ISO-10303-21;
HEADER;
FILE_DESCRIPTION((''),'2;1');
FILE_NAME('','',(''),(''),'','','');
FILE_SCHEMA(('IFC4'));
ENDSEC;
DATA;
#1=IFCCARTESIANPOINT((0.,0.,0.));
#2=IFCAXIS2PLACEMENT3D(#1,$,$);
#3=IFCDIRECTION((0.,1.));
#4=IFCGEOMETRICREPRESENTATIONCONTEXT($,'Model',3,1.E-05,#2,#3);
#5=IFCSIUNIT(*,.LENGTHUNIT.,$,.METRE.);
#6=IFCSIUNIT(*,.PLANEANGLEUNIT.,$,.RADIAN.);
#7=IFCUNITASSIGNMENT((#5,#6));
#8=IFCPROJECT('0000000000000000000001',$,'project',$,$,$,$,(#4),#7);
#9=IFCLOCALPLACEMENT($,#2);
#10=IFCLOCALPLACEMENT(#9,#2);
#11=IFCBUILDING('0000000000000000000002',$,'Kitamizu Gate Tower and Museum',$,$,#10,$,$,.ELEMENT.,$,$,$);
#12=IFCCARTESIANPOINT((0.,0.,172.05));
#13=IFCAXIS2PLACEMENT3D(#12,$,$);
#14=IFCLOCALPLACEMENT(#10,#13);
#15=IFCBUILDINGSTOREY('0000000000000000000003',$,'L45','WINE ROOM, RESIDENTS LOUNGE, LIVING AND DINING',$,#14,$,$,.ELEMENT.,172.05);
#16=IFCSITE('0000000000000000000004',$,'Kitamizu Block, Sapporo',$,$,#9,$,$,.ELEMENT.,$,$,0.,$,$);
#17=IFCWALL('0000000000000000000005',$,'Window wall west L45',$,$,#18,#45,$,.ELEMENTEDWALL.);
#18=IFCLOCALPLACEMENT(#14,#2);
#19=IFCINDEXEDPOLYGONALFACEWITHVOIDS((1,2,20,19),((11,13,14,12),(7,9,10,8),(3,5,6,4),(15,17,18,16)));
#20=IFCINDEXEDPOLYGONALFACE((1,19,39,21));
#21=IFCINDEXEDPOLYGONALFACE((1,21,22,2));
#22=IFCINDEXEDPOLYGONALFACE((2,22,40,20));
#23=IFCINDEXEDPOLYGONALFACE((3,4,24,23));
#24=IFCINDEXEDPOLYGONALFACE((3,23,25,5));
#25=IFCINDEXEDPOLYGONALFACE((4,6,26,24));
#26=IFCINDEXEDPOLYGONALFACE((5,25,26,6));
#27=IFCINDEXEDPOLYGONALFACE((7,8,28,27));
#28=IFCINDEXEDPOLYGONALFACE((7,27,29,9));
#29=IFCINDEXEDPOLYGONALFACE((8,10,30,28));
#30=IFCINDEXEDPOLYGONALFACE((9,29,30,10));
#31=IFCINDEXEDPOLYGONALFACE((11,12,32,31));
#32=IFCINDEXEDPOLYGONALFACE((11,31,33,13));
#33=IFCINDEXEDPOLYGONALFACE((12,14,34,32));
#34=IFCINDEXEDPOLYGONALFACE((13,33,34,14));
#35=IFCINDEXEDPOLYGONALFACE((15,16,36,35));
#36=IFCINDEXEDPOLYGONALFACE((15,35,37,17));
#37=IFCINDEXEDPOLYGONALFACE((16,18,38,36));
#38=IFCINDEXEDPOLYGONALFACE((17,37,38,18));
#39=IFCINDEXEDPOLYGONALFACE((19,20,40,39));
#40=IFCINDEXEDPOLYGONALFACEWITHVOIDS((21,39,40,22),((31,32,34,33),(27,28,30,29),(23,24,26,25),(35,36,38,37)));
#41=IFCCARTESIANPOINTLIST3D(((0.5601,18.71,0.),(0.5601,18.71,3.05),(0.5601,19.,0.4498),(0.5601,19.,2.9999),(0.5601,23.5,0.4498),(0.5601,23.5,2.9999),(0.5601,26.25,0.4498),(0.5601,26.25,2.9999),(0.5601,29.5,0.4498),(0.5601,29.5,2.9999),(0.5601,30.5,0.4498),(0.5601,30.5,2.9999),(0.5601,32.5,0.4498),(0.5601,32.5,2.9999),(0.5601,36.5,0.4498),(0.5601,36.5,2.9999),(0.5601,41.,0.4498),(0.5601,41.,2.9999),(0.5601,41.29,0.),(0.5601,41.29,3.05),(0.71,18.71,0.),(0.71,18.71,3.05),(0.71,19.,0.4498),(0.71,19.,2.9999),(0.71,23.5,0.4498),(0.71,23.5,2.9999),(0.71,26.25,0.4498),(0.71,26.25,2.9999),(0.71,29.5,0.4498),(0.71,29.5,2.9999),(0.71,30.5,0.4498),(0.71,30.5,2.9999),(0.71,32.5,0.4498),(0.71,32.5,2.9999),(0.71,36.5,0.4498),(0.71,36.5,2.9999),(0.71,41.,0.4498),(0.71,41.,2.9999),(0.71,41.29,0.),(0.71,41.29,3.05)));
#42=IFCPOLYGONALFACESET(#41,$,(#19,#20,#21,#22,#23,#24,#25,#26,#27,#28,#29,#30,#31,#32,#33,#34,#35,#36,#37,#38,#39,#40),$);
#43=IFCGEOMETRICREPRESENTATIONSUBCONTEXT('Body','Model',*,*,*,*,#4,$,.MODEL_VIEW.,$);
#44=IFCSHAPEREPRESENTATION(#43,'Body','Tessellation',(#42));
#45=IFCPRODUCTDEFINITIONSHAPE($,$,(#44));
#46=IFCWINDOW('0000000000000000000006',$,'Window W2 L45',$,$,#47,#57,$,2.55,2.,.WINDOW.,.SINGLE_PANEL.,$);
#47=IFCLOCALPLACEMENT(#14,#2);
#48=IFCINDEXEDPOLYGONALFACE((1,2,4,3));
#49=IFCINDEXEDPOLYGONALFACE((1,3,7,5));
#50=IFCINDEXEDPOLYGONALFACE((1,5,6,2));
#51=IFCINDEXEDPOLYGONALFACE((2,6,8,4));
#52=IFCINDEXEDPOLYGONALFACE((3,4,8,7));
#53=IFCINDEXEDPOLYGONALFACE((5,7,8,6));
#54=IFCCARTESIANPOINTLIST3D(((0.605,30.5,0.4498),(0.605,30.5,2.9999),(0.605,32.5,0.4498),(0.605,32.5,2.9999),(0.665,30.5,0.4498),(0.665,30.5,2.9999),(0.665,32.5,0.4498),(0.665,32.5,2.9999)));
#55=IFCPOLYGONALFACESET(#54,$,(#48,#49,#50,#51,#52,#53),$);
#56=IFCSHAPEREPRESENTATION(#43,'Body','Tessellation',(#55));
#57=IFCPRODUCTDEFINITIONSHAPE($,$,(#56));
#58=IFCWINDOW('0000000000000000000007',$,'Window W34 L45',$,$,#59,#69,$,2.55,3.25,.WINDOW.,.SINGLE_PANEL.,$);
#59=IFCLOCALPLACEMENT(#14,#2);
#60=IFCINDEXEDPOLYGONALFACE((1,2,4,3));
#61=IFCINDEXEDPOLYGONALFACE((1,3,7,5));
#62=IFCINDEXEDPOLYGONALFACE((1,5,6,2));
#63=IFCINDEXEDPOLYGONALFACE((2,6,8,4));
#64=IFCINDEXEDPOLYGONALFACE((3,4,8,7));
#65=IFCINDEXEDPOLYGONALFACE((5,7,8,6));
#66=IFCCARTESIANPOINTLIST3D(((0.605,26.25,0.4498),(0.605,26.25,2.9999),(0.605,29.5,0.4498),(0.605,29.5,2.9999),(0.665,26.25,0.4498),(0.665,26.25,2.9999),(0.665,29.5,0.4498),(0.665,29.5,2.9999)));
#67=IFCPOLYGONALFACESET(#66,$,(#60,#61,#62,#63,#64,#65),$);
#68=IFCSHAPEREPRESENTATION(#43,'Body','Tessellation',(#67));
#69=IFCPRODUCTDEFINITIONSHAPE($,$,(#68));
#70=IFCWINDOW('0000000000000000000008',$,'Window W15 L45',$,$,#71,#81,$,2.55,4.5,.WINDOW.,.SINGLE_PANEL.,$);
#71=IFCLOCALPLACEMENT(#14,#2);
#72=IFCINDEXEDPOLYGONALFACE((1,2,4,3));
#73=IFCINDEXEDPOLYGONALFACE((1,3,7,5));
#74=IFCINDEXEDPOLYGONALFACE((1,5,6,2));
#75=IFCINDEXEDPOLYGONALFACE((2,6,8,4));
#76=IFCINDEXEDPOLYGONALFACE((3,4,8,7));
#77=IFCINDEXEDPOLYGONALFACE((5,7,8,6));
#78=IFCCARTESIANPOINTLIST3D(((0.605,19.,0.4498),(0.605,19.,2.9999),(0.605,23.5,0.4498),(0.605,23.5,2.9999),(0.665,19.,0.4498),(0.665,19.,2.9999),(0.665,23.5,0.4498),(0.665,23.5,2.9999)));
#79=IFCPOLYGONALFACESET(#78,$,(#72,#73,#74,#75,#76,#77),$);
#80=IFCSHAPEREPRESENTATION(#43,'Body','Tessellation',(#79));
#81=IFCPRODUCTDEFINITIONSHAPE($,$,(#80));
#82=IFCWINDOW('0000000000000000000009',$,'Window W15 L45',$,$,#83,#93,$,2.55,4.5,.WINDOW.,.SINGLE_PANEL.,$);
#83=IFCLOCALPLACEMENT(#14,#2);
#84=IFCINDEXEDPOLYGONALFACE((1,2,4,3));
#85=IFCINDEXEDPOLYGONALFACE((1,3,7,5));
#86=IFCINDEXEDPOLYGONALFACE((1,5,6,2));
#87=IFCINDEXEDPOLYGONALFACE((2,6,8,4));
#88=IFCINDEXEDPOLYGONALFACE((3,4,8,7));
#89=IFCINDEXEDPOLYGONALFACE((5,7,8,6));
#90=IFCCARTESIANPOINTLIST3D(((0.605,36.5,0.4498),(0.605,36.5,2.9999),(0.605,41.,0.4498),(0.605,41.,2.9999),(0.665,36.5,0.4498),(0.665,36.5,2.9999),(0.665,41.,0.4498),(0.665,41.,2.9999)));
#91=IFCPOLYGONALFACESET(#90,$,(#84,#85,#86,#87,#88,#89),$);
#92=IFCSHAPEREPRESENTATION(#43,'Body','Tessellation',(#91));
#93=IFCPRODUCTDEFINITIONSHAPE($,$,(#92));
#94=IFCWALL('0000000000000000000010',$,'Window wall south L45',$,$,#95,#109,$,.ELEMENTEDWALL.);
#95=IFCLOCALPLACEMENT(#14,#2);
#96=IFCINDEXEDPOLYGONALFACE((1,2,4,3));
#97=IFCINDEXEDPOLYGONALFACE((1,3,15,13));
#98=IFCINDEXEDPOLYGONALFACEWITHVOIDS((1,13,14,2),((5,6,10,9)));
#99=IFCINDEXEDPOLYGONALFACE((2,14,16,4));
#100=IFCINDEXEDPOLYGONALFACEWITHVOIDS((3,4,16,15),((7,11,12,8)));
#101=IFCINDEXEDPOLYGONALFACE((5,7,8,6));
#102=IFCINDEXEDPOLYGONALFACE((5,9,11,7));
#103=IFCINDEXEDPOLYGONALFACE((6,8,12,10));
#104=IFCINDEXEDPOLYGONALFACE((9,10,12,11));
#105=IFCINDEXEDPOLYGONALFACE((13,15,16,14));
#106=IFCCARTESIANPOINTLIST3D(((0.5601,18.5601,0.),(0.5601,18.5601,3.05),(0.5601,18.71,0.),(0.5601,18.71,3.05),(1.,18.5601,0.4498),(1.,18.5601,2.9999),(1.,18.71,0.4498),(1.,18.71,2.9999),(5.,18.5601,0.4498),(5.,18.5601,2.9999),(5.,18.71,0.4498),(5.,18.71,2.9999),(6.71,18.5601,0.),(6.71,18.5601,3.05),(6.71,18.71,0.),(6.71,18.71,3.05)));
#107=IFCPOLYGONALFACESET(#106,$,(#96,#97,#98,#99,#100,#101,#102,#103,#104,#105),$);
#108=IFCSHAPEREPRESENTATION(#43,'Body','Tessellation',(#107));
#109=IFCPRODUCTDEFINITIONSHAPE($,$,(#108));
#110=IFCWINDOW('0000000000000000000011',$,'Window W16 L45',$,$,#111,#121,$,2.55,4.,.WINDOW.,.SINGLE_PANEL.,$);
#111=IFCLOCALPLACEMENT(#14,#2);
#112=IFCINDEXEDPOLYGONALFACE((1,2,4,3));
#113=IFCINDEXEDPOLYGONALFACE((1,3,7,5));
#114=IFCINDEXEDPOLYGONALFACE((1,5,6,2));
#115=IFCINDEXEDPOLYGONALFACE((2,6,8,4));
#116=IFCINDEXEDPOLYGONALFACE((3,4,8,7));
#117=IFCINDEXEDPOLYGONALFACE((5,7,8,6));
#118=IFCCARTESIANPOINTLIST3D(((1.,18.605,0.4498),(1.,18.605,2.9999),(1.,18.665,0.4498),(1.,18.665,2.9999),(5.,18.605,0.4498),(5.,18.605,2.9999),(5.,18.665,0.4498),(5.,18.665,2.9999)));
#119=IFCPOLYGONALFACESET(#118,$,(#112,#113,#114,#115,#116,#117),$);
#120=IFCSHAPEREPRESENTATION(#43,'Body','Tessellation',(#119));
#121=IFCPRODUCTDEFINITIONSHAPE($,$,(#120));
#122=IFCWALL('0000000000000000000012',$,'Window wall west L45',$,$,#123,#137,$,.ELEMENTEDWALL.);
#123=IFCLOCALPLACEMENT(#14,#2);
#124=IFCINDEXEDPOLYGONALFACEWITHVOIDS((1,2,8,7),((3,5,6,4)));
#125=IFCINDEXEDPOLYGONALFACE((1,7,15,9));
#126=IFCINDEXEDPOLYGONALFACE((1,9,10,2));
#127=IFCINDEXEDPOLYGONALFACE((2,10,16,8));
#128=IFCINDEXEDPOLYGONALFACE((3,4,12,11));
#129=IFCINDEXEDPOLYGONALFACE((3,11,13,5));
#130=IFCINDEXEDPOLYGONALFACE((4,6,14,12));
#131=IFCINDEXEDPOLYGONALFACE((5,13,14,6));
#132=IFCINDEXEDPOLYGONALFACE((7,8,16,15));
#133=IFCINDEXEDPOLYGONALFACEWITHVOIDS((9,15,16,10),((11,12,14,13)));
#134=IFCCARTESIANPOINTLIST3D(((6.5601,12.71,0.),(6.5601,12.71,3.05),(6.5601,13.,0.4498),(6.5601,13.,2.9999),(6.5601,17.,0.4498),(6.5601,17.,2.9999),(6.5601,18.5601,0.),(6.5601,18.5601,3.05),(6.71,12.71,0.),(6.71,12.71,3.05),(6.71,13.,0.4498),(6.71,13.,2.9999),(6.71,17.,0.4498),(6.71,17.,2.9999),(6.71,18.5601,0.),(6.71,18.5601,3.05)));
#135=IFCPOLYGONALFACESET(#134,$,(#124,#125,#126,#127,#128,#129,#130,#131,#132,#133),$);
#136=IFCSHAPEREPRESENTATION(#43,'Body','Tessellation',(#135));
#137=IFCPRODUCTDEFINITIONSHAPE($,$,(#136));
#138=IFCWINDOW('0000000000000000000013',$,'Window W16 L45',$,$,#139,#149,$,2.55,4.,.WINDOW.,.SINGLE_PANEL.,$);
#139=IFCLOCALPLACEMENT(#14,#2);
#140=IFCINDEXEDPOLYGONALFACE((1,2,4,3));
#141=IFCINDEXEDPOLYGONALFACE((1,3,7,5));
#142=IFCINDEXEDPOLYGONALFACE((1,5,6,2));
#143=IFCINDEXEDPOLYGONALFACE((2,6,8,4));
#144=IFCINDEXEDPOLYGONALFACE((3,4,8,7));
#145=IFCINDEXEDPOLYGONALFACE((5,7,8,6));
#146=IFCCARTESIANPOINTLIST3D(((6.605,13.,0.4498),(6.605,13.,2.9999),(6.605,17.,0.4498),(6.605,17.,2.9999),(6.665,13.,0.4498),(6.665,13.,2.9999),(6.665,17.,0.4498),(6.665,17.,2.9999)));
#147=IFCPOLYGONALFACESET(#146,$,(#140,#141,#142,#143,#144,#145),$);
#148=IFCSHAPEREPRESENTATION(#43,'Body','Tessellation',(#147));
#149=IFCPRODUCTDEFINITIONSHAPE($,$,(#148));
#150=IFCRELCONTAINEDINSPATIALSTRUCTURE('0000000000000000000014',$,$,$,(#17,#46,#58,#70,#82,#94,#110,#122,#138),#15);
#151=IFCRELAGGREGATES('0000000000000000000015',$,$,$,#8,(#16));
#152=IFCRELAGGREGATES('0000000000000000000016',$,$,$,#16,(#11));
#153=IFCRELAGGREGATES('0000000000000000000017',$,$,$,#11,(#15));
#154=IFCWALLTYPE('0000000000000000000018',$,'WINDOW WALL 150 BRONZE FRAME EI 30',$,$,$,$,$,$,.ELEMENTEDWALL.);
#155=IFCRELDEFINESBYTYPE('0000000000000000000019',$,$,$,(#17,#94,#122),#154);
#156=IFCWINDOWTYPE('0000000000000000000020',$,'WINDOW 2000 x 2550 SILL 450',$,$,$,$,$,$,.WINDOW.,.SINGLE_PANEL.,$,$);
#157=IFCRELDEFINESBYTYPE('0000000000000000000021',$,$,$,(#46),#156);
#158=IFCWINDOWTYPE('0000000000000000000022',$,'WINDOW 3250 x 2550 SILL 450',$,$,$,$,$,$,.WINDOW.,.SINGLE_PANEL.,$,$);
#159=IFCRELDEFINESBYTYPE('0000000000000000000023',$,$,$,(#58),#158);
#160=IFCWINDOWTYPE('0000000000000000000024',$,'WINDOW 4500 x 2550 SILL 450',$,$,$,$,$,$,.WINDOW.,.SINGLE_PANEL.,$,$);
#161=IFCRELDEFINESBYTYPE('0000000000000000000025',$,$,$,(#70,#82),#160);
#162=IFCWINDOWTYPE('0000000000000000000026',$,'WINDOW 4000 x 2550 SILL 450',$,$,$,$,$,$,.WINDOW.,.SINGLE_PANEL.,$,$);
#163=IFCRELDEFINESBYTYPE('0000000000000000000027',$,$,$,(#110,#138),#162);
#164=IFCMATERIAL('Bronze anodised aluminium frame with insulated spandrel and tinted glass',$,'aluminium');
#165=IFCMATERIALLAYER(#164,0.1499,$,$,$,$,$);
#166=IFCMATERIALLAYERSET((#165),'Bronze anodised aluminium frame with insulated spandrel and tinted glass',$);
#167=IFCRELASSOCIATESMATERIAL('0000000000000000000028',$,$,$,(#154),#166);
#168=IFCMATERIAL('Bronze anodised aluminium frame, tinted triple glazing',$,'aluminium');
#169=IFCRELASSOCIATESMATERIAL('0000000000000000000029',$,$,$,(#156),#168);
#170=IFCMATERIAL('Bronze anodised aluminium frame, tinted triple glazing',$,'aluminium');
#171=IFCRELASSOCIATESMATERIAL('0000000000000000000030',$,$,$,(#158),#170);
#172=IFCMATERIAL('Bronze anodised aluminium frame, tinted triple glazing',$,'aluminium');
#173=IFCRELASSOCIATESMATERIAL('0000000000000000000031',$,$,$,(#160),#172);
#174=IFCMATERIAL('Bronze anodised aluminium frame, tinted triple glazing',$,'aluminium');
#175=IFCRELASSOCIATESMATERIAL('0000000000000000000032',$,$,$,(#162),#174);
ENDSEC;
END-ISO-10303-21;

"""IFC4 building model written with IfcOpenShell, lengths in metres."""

from ifc_helpers import new_model, si_unit, direction, frame, frame_2d, origin, place, context, subcontext, project, spatial, rectangle, extrude, material, layer, layer_set, type_object, element, fill, save


model = new_model("IFC4")

# Units and contexts
model_context = context("Model", 3, precision=1e-05, world=origin(), true_north=direction((0.0, 1.0)))
body_context = subcontext(model_context, "Body", "Model", "MODEL_VIEW")
ifc_project = project(units=[si_unit("LENGTHUNIT", "METRE"), si_unit("PLANEANGLEUNIT", "RADIAN")], contexts=[model_context])

# Site, building, storey
site_placement = place(None, origin())
site = spatial("IfcSite", under=ifc_project, at=site_placement, Name="Kitamizu Block, Sapporo", CompositionType="ELEMENT", RefElevation=0.0)
building_placement = place(site_placement, origin())
building = spatial("IfcBuilding", under=site, at=building_placement, Name="Kitamizu Gate Tower and Museum", CompositionType="ELEMENT")
storey_placement = place(building_placement, frame((0.0, 0.0, 172.05)))
storey = spatial("IfcBuildingStorey", under=building, at=storey_placement, Name="L45", Description="WINE ROOM, RESIDENTS LOUNGE, LIVING AND DINING", CompositionType="ELEMENT", Elevation=172.05)

# Wall, openings, windows
ifc_material_1 = material(Name="Bronze anodised aluminium frame with insulated spandrel and tinted glass", Category="aluminium")
ifc_layer_1 = layer(ifc_material_1, 0.1499)
ifc_layer_set_1 = layer_set([ifc_layer_1], Name="Bronze anodised aluminium frame with insulated spandrel and tinted glass")
wall_type = type_object("IfcWallType", Name="WINDOW WALL 150 BRONZE FRAME EI 30", PredefinedType="ELEMENTEDWALL", material=ifc_layer_set_1)
ifc_material_2 = material(Name="Bronze anodised aluminium frame, tinted triple glazing", Category="aluminium")
window_type_1 = type_object("IfcWindowType", Name="WINDOW 2000 x 2550 SILL 450", PartitioningType="SINGLE_PANEL", PredefinedType="WINDOW", material=ifc_material_2)
ifc_material_3 = material(Name="Bronze anodised aluminium frame, tinted triple glazing", Category="aluminium")
window_type_2 = type_object("IfcWindowType", Name="WINDOW 3250 x 2550 SILL 450", PartitioningType="SINGLE_PANEL", PredefinedType="WINDOW", material=ifc_material_3)
ifc_material_4 = material(Name="Bronze anodised aluminium frame, tinted triple glazing", Category="aluminium")
window_type_3 = type_object("IfcWindowType", Name="WINDOW 4500 x 2550 SILL 450", PartitioningType="SINGLE_PANEL", PredefinedType="WINDOW", material=ifc_material_4)
wall_1_placement = place(storey_placement, frame((0.635, 18.71, 0.0), z_axis=(0.0, 0.0, 1.0), x_axis=(0.0, 1.0, 0.0)))
wall_1 = element("IfcWall", 1, at=wall_1_placement, inside=storey, type_object=wall_type, Name="Window wall west L45", PredefinedType="ELEMENTEDWALL", context=body_context, shape_type="SweptSolid", body=[
    extrude(rectangle(XDim=22.5801, YDim=0.1499, at=frame_2d((11.29, 0.0))), origin(), (0.0, 0.0, 1.0), 3.05),
])
opening_1_placement = place(wall_1_placement, frame((0.29, 0.0, 0.45)))
opening_1 = element("IfcOpeningElement", 2, at=opening_1_placement, cuts=wall_1, PredefinedType="OPENING", context=body_context, shape_type="SweptSolid", body=[
    extrude(rectangle(XDim=4.5, YDim=2.55, at=frame_2d((2.25, 1.2749))), frame((0.0, 0.085, 0.0), z_axis=(0.0, -1.0, 0.0), x_axis=(1.0, 0.0, 0.0)), (0.0, 0.0, 1.0), 0.1699),
])
opening_2_placement = place(wall_1_placement, frame((7.54, 0.0, 0.45)))
opening_2 = element("IfcOpeningElement", 3, at=opening_2_placement, cuts=wall_1, PredefinedType="OPENING", context=body_context, shape_type="SweptSolid", body=[
    extrude(rectangle(XDim=3.25, YDim=2.55, at=frame_2d((1.625, 1.2749))), frame((0.0, 0.085, 0.0), z_axis=(0.0, -1.0, 0.0), x_axis=(1.0, 0.0, 0.0)), (0.0, 0.0, 1.0), 0.1699),
])
opening_3_placement = place(wall_1_placement, frame((11.79, 0.0, 0.45)))
opening_3 = element("IfcOpeningElement", 4, at=opening_3_placement, cuts=wall_1, PredefinedType="OPENING", context=body_context, shape_type="SweptSolid", body=[
    extrude(rectangle(XDim=2.0, YDim=2.55, at=frame_2d((1.0, 1.2749))), frame((0.0, 0.085, 0.0), z_axis=(0.0, -1.0, 0.0), x_axis=(1.0, 0.0, 0.0)), (0.0, 0.0, 1.0), 0.1699),
])
opening_4_placement = place(wall_1_placement, frame((17.79, 0.0, 0.45)))
opening_4 = element("IfcOpeningElement", 5, at=opening_4_placement, cuts=wall_1, PredefinedType="OPENING", context=body_context, shape_type="SweptSolid", body=[
    extrude(rectangle(XDim=4.5, YDim=2.55, at=frame_2d((2.25, 1.2749))), frame((0.0, 0.085, 0.0), z_axis=(0.0, -1.0, 0.0), x_axis=(1.0, 0.0, 0.0)), (0.0, 0.0, 1.0), 0.1699),
])
window_1_placement = place(opening_3_placement, origin())
window_1 = element("IfcWindow", 6, at=window_1_placement, inside=storey, type_object=window_type_1, Name="Window W2 L45", OverallHeight=2.55, OverallWidth=2.0, PartitioningType="SINGLE_PANEL", PredefinedType="WINDOW", context=body_context, shape_type="SweptSolid", body=[
    extrude(rectangle(XDim=2.0, YDim=2.55, at=frame_2d((1.0, 1.2749))), frame((0.0, 0.03, 0.0), z_axis=(0.0, -1.0, 0.0), x_axis=(1.0, 0.0, 0.0)), (0.0, 0.0, 1.0), 0.0601),
])
fill(opening_3, window_1)
window_2_placement = place(opening_2_placement, origin())
window_2 = element("IfcWindow", 7, at=window_2_placement, inside=storey, type_object=window_type_2, Name="Window W34 L45", OverallHeight=2.55, OverallWidth=3.25, PartitioningType="SINGLE_PANEL", PredefinedType="WINDOW", context=body_context, shape_type="SweptSolid", body=[
    extrude(rectangle(XDim=3.25, YDim=2.55, at=frame_2d((1.625, 1.2749))), frame((0.0, 0.03, 0.0), z_axis=(0.0, -1.0, 0.0), x_axis=(1.0, 0.0, 0.0)), (0.0, 0.0, 1.0), 0.0601),
])
fill(opening_2, window_2)
window_3_placement = place(opening_1_placement, origin())
window_3 = element("IfcWindow", 8, at=window_3_placement, inside=storey, type_object=window_type_3, Name="Window W15 L45", OverallHeight=2.55, OverallWidth=4.5, PartitioningType="SINGLE_PANEL", PredefinedType="WINDOW", context=body_context, shape_type="SweptSolid", body=[
    extrude(rectangle(XDim=4.5, YDim=2.55, at=frame_2d((2.25, 1.2749))), frame((0.0, 0.03, 0.0), z_axis=(0.0, -1.0, 0.0), x_axis=(1.0, 0.0, 0.0)), (0.0, 0.0, 1.0), 0.0601),
])
fill(opening_1, window_3)
window_4_placement = place(opening_4_placement, origin())
window_4 = element("IfcWindow", 9, at=window_4_placement, inside=storey, type_object=window_type_3, Name="Window W15 L45", OverallHeight=2.55, OverallWidth=4.5, PartitioningType="SINGLE_PANEL", PredefinedType="WINDOW", context=body_context, shape_type="SweptSolid", body=[
    extrude(rectangle(XDim=4.5, YDim=2.55, at=frame_2d((2.25, 1.2749))), frame((0.0, 0.03, 0.0), z_axis=(0.0, -1.0, 0.0), x_axis=(1.0, 0.0, 0.0)), (0.0, 0.0, 1.0), 0.0601),
])
fill(opening_4, window_4)

# Walls, openings, windows
wall_2_placement = place(storey_placement, frame((0.5601, 18.635, 0.0), z_axis=(0.0, 0.0, 1.0), x_axis=(1.0, 0.0, 0.0)))
wall_2 = element("IfcWall", 10, at=wall_2_placement, inside=storey, type_object=wall_type, Name="Window wall south L45", PredefinedType="ELEMENTEDWALL", context=body_context, shape_type="SweptSolid", body=[
    extrude(rectangle(XDim=6.1499, YDim=0.1499, at=frame_2d((3.075, 0.0))), origin(), (0.0, 0.0, 1.0), 3.05),
])
opening_5_placement = place(wall_2_placement, frame((0.4399, 0.0, 0.45)))
opening_5 = element("IfcOpeningElement", 11, at=opening_5_placement, cuts=wall_2, PredefinedType="OPENING", context=body_context, shape_type="SweptSolid", body=[
    extrude(rectangle(XDim=4.0, YDim=2.55, at=frame_2d((2.0, 1.2749))), frame((0.0, 0.085, 0.0), z_axis=(0.0, -1.0, 0.0), x_axis=(1.0, 0.0, 0.0)), (0.0, 0.0, 1.0), 0.1699),
])
ifc_material_5 = material(Name="Bronze anodised aluminium frame, tinted triple glazing", Category="aluminium")
window_type_4 = type_object("IfcWindowType", Name="WINDOW 4000 x 2550 SILL 450", PartitioningType="SINGLE_PANEL", PredefinedType="WINDOW", material=ifc_material_5)
window_5_placement = place(opening_5_placement, origin())
window_5 = element("IfcWindow", 12, at=window_5_placement, inside=storey, type_object=window_type_4, Name="Window W16 L45", OverallHeight=2.55, OverallWidth=4.0, PartitioningType="SINGLE_PANEL", PredefinedType="WINDOW", context=body_context, shape_type="SweptSolid", body=[
    extrude(rectangle(XDim=4.0, YDim=2.55, at=frame_2d((2.0, 1.2749))), frame((0.0, 0.03, 0.0), z_axis=(0.0, -1.0, 0.0), x_axis=(1.0, 0.0, 0.0)), (0.0, 0.0, 1.0), 0.0601),
])
fill(opening_5, window_5)
wall_3_placement = place(storey_placement, frame((6.635, 12.71, 0.0), z_axis=(0.0, 0.0, 1.0), x_axis=(0.0, 1.0, 0.0)))
wall_3 = element("IfcWall", 13, at=wall_3_placement, inside=storey, type_object=wall_type, Name="Window wall west L45", PredefinedType="ELEMENTEDWALL", context=body_context, shape_type="SweptSolid", body=[
    extrude(rectangle(XDim=5.8501, YDim=0.1499, at=frame_2d((2.925, 0.0))), origin(), (0.0, 0.0, 1.0), 3.05),
])
opening_6_placement = place(wall_3_placement, frame((0.29, 0.0, 0.45)))
opening_6 = element("IfcOpeningElement", 14, at=opening_6_placement, cuts=wall_3, PredefinedType="OPENING", context=body_context, shape_type="SweptSolid", body=[
    extrude(rectangle(XDim=4.0, YDim=2.55, at=frame_2d((2.0, 1.2749))), frame((0.0, 0.085, 0.0), z_axis=(0.0, -1.0, 0.0), x_axis=(1.0, 0.0, 0.0)), (0.0, 0.0, 1.0), 0.1699),
])
window_6_placement = place(opening_6_placement, origin())
window_6 = element("IfcWindow", 15, at=window_6_placement, inside=storey, type_object=window_type_4, Name="Window W16 L45", OverallHeight=2.55, OverallWidth=4.0, PartitioningType="SINGLE_PANEL", PredefinedType="WINDOW", context=body_context, shape_type="SweptSolid", body=[
    extrude(rectangle(XDim=4.0, YDim=2.55, at=frame_2d((2.0, 1.2749))), frame((0.0, 0.03, 0.0), z_axis=(0.0, -1.0, 0.0), x_axis=(1.0, 0.0, 0.0)), (0.0, 0.0, 1.0), 0.0601),
])
fill(opening_6, window_6)

save(model, "model.ifc")
